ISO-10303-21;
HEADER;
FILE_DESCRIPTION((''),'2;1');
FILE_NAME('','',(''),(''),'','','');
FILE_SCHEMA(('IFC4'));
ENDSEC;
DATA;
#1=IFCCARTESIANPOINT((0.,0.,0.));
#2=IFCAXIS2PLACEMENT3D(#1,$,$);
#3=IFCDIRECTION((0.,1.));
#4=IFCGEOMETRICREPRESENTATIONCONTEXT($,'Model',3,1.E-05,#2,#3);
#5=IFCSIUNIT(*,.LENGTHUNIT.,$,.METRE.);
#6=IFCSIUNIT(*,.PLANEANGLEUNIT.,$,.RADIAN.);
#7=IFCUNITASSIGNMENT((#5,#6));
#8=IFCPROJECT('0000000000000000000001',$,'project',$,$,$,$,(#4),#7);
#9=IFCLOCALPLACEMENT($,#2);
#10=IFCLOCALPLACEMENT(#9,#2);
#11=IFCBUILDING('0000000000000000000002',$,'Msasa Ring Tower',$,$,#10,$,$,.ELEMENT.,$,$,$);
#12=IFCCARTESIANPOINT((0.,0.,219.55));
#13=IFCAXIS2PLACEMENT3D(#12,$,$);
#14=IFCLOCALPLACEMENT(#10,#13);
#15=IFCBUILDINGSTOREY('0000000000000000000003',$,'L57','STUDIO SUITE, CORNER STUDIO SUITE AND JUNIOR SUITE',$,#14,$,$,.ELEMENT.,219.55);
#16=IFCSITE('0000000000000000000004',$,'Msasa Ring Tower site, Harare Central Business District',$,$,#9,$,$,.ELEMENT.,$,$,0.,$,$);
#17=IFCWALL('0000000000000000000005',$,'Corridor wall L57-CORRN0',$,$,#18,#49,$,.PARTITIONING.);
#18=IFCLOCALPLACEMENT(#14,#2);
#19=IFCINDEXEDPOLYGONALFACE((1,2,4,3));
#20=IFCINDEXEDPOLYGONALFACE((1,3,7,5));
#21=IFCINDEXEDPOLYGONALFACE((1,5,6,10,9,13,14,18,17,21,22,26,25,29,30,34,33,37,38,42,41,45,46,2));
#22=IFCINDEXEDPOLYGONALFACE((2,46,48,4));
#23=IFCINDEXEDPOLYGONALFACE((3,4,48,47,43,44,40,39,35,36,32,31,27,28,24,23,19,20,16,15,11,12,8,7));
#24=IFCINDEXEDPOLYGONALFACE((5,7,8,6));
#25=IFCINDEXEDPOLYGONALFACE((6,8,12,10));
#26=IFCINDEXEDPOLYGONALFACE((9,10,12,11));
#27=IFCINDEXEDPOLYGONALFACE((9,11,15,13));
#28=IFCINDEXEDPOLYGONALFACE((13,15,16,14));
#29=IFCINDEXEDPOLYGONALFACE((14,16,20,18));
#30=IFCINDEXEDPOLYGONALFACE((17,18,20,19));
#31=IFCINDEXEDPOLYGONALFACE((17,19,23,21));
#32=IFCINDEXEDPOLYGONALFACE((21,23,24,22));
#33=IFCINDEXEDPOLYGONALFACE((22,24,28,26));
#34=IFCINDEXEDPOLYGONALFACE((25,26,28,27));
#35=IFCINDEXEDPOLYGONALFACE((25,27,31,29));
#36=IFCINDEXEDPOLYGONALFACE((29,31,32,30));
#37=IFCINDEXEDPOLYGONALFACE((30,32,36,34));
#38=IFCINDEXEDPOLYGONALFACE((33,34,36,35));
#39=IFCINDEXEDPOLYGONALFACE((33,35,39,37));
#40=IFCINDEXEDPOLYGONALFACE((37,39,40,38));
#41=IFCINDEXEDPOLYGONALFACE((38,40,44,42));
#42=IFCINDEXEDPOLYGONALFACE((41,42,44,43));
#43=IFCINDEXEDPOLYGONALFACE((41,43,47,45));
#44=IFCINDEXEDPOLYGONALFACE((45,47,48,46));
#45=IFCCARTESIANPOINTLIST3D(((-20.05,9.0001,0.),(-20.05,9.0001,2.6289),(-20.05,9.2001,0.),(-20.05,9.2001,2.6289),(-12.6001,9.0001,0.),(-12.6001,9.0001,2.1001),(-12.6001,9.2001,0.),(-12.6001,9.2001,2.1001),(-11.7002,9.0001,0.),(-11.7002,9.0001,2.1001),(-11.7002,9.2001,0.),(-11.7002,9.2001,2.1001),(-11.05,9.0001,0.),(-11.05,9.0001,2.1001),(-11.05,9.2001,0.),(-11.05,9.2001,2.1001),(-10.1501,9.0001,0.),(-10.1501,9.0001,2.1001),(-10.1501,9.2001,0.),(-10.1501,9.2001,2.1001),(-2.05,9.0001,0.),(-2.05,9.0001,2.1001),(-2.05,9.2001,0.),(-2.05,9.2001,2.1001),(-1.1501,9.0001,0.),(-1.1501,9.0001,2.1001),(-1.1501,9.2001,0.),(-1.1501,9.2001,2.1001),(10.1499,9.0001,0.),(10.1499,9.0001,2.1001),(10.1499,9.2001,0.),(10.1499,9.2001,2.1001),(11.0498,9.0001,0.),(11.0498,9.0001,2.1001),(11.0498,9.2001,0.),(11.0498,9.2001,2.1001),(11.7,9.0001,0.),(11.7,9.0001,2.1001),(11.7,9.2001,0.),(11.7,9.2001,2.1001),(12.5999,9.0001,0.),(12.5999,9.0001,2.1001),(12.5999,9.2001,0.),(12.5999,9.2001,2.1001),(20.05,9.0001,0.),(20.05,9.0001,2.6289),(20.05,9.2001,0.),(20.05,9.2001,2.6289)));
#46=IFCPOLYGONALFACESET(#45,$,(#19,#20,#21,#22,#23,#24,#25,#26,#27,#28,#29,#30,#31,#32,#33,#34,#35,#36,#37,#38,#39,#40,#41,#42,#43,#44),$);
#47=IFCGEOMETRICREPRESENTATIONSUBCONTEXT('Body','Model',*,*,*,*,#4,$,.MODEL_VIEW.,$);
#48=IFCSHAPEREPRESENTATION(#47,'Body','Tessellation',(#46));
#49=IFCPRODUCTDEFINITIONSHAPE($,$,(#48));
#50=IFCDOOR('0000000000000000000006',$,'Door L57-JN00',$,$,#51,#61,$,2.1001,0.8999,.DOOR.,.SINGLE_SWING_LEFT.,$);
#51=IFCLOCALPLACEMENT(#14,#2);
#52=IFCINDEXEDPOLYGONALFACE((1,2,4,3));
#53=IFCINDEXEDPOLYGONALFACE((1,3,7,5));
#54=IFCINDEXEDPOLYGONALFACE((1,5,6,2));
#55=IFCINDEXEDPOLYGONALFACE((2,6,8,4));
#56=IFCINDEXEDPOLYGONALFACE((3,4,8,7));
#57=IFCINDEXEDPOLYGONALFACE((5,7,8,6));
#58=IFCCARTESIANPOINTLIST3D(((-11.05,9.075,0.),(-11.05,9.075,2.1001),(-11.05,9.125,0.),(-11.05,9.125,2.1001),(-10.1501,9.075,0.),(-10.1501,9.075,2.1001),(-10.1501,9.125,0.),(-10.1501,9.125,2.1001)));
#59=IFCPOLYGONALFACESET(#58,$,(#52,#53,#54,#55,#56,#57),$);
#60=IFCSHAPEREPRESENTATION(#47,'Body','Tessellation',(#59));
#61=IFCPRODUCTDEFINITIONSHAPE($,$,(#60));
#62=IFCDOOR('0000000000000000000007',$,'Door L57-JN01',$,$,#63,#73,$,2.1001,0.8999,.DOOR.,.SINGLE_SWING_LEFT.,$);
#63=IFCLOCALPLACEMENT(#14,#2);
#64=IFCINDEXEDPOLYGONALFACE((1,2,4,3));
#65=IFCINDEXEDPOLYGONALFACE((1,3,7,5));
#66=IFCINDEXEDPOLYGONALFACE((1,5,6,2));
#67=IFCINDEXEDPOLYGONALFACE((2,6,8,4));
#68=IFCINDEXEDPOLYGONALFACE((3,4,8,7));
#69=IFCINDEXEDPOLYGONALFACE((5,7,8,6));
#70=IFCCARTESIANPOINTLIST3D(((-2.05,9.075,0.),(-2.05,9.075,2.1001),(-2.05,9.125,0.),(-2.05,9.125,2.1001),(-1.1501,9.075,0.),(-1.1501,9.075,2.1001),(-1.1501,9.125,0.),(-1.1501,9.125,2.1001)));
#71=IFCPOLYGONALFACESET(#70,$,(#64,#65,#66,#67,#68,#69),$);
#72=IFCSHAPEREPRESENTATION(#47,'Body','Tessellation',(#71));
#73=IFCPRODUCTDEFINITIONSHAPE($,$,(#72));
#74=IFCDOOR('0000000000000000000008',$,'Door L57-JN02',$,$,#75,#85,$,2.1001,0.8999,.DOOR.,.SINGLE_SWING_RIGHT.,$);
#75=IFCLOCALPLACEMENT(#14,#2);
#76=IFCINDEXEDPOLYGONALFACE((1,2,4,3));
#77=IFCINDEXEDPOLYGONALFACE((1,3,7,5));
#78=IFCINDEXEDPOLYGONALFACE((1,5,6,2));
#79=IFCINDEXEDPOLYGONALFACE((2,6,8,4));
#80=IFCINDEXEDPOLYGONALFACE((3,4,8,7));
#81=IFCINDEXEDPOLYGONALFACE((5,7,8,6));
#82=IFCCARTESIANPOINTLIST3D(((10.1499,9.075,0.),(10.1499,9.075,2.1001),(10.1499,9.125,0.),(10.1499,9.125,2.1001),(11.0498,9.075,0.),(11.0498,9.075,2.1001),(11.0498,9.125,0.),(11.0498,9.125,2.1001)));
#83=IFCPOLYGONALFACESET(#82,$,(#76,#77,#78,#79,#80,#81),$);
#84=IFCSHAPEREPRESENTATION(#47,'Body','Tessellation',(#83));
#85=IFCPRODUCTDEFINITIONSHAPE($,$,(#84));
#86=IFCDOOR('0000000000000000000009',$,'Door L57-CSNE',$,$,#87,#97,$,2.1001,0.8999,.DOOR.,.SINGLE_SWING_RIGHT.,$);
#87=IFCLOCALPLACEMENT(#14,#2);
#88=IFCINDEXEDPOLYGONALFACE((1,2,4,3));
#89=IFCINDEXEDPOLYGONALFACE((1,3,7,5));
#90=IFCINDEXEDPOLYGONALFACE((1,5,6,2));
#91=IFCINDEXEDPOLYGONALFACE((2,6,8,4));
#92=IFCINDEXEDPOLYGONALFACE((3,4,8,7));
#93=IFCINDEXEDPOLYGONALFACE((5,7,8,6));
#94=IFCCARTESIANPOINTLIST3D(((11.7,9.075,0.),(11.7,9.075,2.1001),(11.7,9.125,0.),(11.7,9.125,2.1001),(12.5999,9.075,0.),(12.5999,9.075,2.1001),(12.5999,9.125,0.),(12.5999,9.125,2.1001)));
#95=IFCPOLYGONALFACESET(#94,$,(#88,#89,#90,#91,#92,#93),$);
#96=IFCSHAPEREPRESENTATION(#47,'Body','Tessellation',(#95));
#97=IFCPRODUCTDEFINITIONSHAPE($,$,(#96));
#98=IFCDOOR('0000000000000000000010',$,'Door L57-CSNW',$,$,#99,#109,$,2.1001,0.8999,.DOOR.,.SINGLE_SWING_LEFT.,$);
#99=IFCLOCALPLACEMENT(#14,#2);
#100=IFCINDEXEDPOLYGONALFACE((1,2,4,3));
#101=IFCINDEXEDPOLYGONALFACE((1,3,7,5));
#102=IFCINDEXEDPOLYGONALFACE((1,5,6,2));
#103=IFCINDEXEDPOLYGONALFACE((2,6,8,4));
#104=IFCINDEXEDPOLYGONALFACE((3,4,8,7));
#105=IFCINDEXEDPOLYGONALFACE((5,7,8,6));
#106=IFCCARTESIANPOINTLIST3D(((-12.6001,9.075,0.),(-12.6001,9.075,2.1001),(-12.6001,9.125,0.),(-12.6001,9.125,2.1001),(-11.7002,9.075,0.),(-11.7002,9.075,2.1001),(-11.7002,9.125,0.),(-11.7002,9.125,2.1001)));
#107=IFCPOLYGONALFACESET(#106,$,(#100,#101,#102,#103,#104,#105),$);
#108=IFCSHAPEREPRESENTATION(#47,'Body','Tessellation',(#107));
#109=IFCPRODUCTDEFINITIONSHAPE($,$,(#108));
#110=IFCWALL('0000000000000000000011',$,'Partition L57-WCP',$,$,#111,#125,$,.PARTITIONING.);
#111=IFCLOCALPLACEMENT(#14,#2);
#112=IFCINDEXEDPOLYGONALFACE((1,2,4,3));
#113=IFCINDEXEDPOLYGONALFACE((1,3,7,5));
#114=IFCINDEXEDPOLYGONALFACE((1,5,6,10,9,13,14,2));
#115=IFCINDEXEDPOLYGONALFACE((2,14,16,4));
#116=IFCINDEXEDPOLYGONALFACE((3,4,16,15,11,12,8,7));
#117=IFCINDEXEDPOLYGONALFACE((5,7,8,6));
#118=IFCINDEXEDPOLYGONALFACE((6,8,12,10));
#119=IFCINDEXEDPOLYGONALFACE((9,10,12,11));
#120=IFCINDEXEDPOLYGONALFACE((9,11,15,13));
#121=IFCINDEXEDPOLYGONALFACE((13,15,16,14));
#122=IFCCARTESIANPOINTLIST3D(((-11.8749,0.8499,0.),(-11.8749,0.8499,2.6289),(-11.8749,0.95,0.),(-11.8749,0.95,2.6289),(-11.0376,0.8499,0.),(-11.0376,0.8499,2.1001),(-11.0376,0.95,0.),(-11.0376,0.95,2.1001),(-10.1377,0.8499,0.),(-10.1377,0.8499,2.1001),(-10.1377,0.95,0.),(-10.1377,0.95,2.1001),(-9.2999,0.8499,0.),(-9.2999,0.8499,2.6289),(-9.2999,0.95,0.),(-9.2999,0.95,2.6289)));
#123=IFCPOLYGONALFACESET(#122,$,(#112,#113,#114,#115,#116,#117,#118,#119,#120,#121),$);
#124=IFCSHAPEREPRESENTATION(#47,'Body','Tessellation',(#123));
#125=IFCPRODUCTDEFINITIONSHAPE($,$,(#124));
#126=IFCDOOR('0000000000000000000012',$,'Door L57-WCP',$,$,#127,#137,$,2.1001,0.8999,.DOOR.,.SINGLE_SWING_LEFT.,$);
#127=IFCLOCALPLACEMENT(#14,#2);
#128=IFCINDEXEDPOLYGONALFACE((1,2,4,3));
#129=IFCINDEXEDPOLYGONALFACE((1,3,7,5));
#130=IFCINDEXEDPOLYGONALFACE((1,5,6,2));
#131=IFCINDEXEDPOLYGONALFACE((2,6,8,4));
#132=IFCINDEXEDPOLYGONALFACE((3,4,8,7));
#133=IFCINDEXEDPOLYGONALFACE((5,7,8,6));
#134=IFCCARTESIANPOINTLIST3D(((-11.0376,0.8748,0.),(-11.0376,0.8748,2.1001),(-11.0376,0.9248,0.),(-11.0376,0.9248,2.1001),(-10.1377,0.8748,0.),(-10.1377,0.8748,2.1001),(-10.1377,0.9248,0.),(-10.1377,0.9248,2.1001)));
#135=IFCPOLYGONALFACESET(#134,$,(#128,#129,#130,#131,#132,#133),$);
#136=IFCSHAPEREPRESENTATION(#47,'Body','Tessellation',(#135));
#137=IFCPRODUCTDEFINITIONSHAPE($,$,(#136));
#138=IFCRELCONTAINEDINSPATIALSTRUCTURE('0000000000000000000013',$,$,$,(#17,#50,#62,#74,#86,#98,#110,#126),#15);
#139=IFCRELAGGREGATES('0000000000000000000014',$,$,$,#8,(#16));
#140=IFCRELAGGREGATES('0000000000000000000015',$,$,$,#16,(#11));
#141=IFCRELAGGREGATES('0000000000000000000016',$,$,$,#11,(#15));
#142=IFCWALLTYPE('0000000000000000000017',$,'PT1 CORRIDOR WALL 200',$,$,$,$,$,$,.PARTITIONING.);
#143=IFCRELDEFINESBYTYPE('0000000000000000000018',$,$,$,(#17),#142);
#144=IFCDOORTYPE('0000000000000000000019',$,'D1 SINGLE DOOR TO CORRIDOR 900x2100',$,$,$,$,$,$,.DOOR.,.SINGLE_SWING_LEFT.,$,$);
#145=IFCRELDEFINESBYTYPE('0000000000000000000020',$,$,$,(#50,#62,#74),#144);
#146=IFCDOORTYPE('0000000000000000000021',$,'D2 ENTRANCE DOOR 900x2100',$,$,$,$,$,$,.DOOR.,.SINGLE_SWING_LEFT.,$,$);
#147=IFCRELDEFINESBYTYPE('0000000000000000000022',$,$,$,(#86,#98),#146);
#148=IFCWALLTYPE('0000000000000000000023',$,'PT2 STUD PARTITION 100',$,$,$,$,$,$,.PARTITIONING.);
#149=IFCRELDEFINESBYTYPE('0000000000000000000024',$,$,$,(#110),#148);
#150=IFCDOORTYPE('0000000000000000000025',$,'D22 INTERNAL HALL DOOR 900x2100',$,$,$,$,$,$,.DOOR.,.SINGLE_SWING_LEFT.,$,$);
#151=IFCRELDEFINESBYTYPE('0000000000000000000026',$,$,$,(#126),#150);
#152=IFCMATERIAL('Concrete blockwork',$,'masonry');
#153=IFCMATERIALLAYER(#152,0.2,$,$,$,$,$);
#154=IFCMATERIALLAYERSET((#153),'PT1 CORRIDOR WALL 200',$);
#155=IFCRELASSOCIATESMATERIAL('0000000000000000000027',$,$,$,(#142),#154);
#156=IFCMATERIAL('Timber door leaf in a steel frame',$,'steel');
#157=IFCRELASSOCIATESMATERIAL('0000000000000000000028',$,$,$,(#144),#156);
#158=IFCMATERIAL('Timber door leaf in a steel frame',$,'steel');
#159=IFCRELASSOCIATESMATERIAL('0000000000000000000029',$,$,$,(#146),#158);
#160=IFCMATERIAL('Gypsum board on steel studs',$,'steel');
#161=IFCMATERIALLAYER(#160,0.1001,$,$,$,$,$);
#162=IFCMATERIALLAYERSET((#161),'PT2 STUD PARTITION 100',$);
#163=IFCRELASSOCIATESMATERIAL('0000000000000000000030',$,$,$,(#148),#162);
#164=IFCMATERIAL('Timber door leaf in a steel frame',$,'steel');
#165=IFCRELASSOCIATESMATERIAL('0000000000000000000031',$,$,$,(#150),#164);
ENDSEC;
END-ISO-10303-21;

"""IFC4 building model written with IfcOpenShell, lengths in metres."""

from ifc_helpers import new_model, si_unit, direction, frame, frame_2d, origin, place, context, subcontext, project, spatial, rectangle, extrude, material, layer, layer_set, type_object, element, fill, save


model = new_model("IFC4")

# Units and contexts
model_context = context("Model", 3, precision=1e-05, world=origin(), true_north=direction((0.0, 1.0)))
body_context = subcontext(model_context, "Body", "Model", "MODEL_VIEW")
ifc_project = project(units=[si_unit("LENGTHUNIT", "METRE"), si_unit("PLANEANGLEUNIT", "RADIAN")], contexts=[model_context])

# Site, building, storey
site_placement = place(None, origin())
site = spatial("IfcSite", under=ifc_project, at=site_placement, Name="Msasa Ring Tower site, Harare Central Business District", CompositionType="ELEMENT", RefElevation=0.0)
building_placement = place(site_placement, origin())
building = spatial("IfcBuilding", under=site, at=building_placement, Name="Msasa Ring Tower", CompositionType="ELEMENT")
storey_placement = place(building_placement, frame((0.0, 0.0, 219.55)))
storey = spatial("IfcBuildingStorey", under=building, at=storey_placement, Name="L57", Description="STUDIO SUITE, CORNER STUDIO SUITE AND JUNIOR SUITE", CompositionType="ELEMENT", Elevation=219.55)

# Wall, openings, doors
ifc_material_1 = material(Name="Concrete blockwork", Category="masonry")
ifc_layer_1 = layer(ifc_material_1, 0.2)
ifc_layer_set_1 = layer_set([ifc_layer_1], Name="PT1 CORRIDOR WALL 200")
wall_type_1 = type_object("IfcWallType", Name="PT1 CORRIDOR WALL 200", PredefinedType="PARTITIONING", material=ifc_layer_set_1)
wall_1_placement = place(storey_placement, frame((-20.05, 9.1001, 0.0), z_axis=(0.0, 0.0, 1.0), x_axis=(1.0, 0.0, 0.0)))
wall_1 = element("IfcWall", 1, at=wall_1_placement, inside=storey, type_object=wall_type_1, Name="Corridor wall L57-CORRN0", PredefinedType="PARTITIONING", context=body_context, shape_type="SweptSolid", body=[
    extrude(rectangle(XDim=40.1001, YDim=0.2, at=frame_2d((20.05, 0.0))), origin(), (0.0, 0.0, 1.0), 2.6289),
])
opening_1_placement = place(wall_1_placement, frame((9.0, 0.0, 0.0)))
opening_1 = element("IfcOpeningElement", 2, at=opening_1_placement, cuts=wall_1, PredefinedType="OPENING", context=body_context, shape_type="SweptSolid", body=[
    extrude(rectangle(XDim=0.8999, YDim=2.1001, at=frame_2d((0.45, 1.05))), frame((0.0, 0.1099, 0.0), z_axis=(0.0, -1.0, 0.0), x_axis=(1.0, 0.0, 0.0)), (0.0, 0.0, 1.0), 0.22),
])
opening_2_placement = place(wall_1_placement, frame((18.0, 0.0, 0.0)))
opening_2 = element("IfcOpeningElement", 3, at=opening_2_placement, cuts=wall_1, PredefinedType="OPENING", context=body_context, shape_type="SweptSolid", body=[
    extrude(rectangle(XDim=0.8999, YDim=2.1001, at=frame_2d((0.45, 1.05))), frame((0.0, 0.1099, 0.0), z_axis=(0.0, -1.0, 0.0), x_axis=(1.0, 0.0, 0.0)), (0.0, 0.0, 1.0), 0.22),
])
opening_3_placement = place(wall_1_placement, frame((30.2, 0.0, 0.0)))
opening_3 = element("IfcOpeningElement", 4, at=opening_3_placement, cuts=wall_1, PredefinedType="OPENING", context=body_context, shape_type="SweptSolid", body=[
    extrude(rectangle(XDim=0.8999, YDim=2.1001, at=frame_2d((0.45, 1.05))), frame((0.0, 0.1099, 0.0), z_axis=(0.0, -1.0, 0.0), x_axis=(1.0, 0.0, 0.0)), (0.0, 0.0, 1.0), 0.22),
])
opening_4_placement = place(wall_1_placement, frame((31.75, 0.0, 0.0)))
opening_4 = element("IfcOpeningElement", 5, at=opening_4_placement, cuts=wall_1, PredefinedType="OPENING", context=body_context, shape_type="SweptSolid", body=[
    extrude(rectangle(XDim=0.8999, YDim=2.1001, at=frame_2d((0.45, 1.05))), frame((0.0, 0.1099, 0.0), z_axis=(0.0, -1.0, 0.0), x_axis=(1.0, 0.0, 0.0)), (0.0, 0.0, 1.0), 0.22),
])
opening_5_placement = place(wall_1_placement, frame((7.45, 0.0, 0.0)))
opening_5 = element("IfcOpeningElement", 6, at=opening_5_placement, cuts=wall_1, PredefinedType="OPENING", context=body_context, shape_type="SweptSolid", body=[
    extrude(rectangle(XDim=0.8999, YDim=2.1001, at=frame_2d((0.45, 1.05))), frame((0.0, 0.1099, 0.0), z_axis=(0.0, -1.0, 0.0), x_axis=(1.0, 0.0, 0.0)), (0.0, 0.0, 1.0), 0.22),
])
ifc_material_2 = material(Name="Timber door leaf in a steel frame", Category="steel")
door_type_1 = type_object("IfcDoorType", Name="D1 SINGLE DOOR TO CORRIDOR 900x2100", OperationType="SINGLE_SWING_LEFT", PredefinedType="DOOR", material=ifc_material_2)
door_1_placement = place(opening_1_placement, origin())
door_1 = element("IfcDoor", 7, at=door_1_placement, inside=storey, type_object=door_type_1, Name="Door L57-JN00", OperationType="SINGLE_SWING_LEFT", OverallHeight=2.1001, OverallWidth=0.8999, PredefinedType="DOOR", context=body_context, shape_type="SweptSolid", body=[
    extrude(rectangle(XDim=0.8999, YDim=2.1001, at=frame_2d((0.45, 1.05))), frame((0.0, 0.0249, 0.0), z_axis=(0.0, -1.0, 0.0), x_axis=(1.0, 0.0, 0.0)), (0.0, 0.0, 1.0), 0.05),
])
fill(opening_1, door_1)
door_2_placement = place(opening_2_placement, origin())
door_2 = element("IfcDoor", 8, at=door_2_placement, inside=storey, type_object=door_type_1, Name="Door L57-JN01", OperationType="SINGLE_SWING_LEFT", OverallHeight=2.1001, OverallWidth=0.8999, PredefinedType="DOOR", context=body_context, shape_type="SweptSolid", body=[
    extrude(rectangle(XDim=0.8999, YDim=2.1001, at=frame_2d((0.45, 1.05))), frame((0.0, 0.0249, 0.0), z_axis=(0.0, -1.0, 0.0), x_axis=(1.0, 0.0, 0.0)), (0.0, 0.0, 1.0), 0.05),
])
fill(opening_2, door_2)
door_3_placement = place(opening_3_placement, origin())
door_3 = element("IfcDoor", 9, at=door_3_placement, inside=storey, type_object=door_type_1, Name="Door L57-JN02", OperationType="SINGLE_SWING_RIGHT", OverallHeight=2.1001, OverallWidth=0.8999, PredefinedType="DOOR", context=body_context, shape_type="SweptSolid", body=[
    extrude(rectangle(XDim=0.8999, YDim=2.1001, at=frame_2d((0.45, 1.05))), frame((0.0, 0.0249, 0.0), z_axis=(0.0, -1.0, 0.0), x_axis=(1.0, 0.0, 0.0)), (0.0, 0.0, 1.0), 0.05),
])
fill(opening_3, door_3)
ifc_material_3 = material(Name="Timber door leaf in a steel frame", Category="steel")
door_type_2 = type_object("IfcDoorType", Name="D2 ENTRANCE DOOR 900x2100", OperationType="SINGLE_SWING_LEFT", PredefinedType="DOOR", material=ifc_material_3)
door_4_placement = place(opening_4_placement, origin())
door_4 = element("IfcDoor", 10, at=door_4_placement, inside=storey, type_object=door_type_2, Name="Door L57-CSNE", OperationType="SINGLE_SWING_RIGHT", OverallHeight=2.1001, OverallWidth=0.8999, PredefinedType="DOOR", context=body_context, shape_type="SweptSolid", body=[
    extrude(rectangle(XDim=0.8999, YDim=2.1001, at=frame_2d((0.45, 1.05))), frame((0.0, 0.0249, 0.0), z_axis=(0.0, -1.0, 0.0), x_axis=(1.0, 0.0, 0.0)), (0.0, 0.0, 1.0), 0.05),
])
fill(opening_4, door_4)
door_5_placement = place(opening_5_placement, origin())
door_5 = element("IfcDoor", 11, at=door_5_placement, inside=storey, type_object=door_type_2, Name="Door L57-CSNW", OperationType="SINGLE_SWING_LEFT", OverallHeight=2.1001, OverallWidth=0.8999, PredefinedType="DOOR", context=body_context, shape_type="SweptSolid", body=[
    extrude(rectangle(XDim=0.8999, YDim=2.1001, at=frame_2d((0.45, 1.05))), frame((0.0, 0.0249, 0.0), z_axis=(0.0, -1.0, 0.0), x_axis=(1.0, 0.0, 0.0)), (0.0, 0.0, 1.0), 0.05),
])
fill(opening_5, door_5)

# Wall, opening, door
ifc_material_4 = material(Name="Gypsum board on steel studs", Category="steel")
ifc_layer_2 = layer(ifc_material_4, 0.1001)
ifc_layer_set_2 = layer_set([ifc_layer_2], Name="PT2 STUD PARTITION 100")
wall_type_2 = type_object("IfcWallType", Name="PT2 STUD PARTITION 100", PredefinedType="PARTITIONING", material=ifc_layer_set_2)
wall_2_placement = place(storey_placement, frame((-11.875, 0.8999, 0.0), z_axis=(0.0, 0.0, 1.0), x_axis=(1.0, 0.0, 0.0)))
wall_2 = element("IfcWall", 12, at=wall_2_placement, inside=storey, type_object=wall_type_2, Name="Partition L57-WCP", PredefinedType="PARTITIONING", context=body_context, shape_type="SweptSolid", body=[
    extrude(rectangle(XDim=2.575, YDim=0.1001, at=frame_2d((1.2876, 0.0))), origin(), (0.0, 0.0, 1.0), 2.6289),
])
opening_6_placement = place(wall_2_placement, frame((0.8374, 0.0, 0.0)))
opening_6 = element("IfcOpeningElement", 13, at=opening_6_placement, cuts=wall_2, PredefinedType="OPENING", context=body_context, shape_type="SweptSolid", body=[
    extrude(rectangle(XDim=0.8999, YDim=2.1001, at=frame_2d((0.45, 1.05))), frame((0.0, 0.0601, 0.0), z_axis=(0.0, -1.0, 0.0), x_axis=(1.0, 0.0, 0.0)), (0.0, 0.0, 1.0), 0.1201),
])
ifc_material_5 = material(Name="Timber door leaf in a steel frame", Category="steel")
door_type_3 = type_object("IfcDoorType", Name="D22 INTERNAL HALL DOOR 900x2100", OperationType="SINGLE_SWING_LEFT", PredefinedType="DOOR", material=ifc_material_5)
door_6_placement = place(opening_6_placement, origin())
door_6 = element("IfcDoor", 14, at=door_6_placement, inside=storey, type_object=door_type_3, Name="Door L57-WCP", OperationType="SINGLE_SWING_LEFT", OverallHeight=2.1001, OverallWidth=0.8999, PredefinedType="DOOR", context=body_context, shape_type="SweptSolid", body=[
    extrude(rectangle(XDim=0.8999, YDim=2.1001, at=frame_2d((0.45, 1.05))), frame((0.0, 0.0249, 0.0), z_axis=(0.0, -1.0, 0.0), x_axis=(1.0, 0.0, 0.0)), (0.0, 0.0, 1.0), 0.05),
])
fill(opening_6, door_6)

save(model, "model.ifc")
